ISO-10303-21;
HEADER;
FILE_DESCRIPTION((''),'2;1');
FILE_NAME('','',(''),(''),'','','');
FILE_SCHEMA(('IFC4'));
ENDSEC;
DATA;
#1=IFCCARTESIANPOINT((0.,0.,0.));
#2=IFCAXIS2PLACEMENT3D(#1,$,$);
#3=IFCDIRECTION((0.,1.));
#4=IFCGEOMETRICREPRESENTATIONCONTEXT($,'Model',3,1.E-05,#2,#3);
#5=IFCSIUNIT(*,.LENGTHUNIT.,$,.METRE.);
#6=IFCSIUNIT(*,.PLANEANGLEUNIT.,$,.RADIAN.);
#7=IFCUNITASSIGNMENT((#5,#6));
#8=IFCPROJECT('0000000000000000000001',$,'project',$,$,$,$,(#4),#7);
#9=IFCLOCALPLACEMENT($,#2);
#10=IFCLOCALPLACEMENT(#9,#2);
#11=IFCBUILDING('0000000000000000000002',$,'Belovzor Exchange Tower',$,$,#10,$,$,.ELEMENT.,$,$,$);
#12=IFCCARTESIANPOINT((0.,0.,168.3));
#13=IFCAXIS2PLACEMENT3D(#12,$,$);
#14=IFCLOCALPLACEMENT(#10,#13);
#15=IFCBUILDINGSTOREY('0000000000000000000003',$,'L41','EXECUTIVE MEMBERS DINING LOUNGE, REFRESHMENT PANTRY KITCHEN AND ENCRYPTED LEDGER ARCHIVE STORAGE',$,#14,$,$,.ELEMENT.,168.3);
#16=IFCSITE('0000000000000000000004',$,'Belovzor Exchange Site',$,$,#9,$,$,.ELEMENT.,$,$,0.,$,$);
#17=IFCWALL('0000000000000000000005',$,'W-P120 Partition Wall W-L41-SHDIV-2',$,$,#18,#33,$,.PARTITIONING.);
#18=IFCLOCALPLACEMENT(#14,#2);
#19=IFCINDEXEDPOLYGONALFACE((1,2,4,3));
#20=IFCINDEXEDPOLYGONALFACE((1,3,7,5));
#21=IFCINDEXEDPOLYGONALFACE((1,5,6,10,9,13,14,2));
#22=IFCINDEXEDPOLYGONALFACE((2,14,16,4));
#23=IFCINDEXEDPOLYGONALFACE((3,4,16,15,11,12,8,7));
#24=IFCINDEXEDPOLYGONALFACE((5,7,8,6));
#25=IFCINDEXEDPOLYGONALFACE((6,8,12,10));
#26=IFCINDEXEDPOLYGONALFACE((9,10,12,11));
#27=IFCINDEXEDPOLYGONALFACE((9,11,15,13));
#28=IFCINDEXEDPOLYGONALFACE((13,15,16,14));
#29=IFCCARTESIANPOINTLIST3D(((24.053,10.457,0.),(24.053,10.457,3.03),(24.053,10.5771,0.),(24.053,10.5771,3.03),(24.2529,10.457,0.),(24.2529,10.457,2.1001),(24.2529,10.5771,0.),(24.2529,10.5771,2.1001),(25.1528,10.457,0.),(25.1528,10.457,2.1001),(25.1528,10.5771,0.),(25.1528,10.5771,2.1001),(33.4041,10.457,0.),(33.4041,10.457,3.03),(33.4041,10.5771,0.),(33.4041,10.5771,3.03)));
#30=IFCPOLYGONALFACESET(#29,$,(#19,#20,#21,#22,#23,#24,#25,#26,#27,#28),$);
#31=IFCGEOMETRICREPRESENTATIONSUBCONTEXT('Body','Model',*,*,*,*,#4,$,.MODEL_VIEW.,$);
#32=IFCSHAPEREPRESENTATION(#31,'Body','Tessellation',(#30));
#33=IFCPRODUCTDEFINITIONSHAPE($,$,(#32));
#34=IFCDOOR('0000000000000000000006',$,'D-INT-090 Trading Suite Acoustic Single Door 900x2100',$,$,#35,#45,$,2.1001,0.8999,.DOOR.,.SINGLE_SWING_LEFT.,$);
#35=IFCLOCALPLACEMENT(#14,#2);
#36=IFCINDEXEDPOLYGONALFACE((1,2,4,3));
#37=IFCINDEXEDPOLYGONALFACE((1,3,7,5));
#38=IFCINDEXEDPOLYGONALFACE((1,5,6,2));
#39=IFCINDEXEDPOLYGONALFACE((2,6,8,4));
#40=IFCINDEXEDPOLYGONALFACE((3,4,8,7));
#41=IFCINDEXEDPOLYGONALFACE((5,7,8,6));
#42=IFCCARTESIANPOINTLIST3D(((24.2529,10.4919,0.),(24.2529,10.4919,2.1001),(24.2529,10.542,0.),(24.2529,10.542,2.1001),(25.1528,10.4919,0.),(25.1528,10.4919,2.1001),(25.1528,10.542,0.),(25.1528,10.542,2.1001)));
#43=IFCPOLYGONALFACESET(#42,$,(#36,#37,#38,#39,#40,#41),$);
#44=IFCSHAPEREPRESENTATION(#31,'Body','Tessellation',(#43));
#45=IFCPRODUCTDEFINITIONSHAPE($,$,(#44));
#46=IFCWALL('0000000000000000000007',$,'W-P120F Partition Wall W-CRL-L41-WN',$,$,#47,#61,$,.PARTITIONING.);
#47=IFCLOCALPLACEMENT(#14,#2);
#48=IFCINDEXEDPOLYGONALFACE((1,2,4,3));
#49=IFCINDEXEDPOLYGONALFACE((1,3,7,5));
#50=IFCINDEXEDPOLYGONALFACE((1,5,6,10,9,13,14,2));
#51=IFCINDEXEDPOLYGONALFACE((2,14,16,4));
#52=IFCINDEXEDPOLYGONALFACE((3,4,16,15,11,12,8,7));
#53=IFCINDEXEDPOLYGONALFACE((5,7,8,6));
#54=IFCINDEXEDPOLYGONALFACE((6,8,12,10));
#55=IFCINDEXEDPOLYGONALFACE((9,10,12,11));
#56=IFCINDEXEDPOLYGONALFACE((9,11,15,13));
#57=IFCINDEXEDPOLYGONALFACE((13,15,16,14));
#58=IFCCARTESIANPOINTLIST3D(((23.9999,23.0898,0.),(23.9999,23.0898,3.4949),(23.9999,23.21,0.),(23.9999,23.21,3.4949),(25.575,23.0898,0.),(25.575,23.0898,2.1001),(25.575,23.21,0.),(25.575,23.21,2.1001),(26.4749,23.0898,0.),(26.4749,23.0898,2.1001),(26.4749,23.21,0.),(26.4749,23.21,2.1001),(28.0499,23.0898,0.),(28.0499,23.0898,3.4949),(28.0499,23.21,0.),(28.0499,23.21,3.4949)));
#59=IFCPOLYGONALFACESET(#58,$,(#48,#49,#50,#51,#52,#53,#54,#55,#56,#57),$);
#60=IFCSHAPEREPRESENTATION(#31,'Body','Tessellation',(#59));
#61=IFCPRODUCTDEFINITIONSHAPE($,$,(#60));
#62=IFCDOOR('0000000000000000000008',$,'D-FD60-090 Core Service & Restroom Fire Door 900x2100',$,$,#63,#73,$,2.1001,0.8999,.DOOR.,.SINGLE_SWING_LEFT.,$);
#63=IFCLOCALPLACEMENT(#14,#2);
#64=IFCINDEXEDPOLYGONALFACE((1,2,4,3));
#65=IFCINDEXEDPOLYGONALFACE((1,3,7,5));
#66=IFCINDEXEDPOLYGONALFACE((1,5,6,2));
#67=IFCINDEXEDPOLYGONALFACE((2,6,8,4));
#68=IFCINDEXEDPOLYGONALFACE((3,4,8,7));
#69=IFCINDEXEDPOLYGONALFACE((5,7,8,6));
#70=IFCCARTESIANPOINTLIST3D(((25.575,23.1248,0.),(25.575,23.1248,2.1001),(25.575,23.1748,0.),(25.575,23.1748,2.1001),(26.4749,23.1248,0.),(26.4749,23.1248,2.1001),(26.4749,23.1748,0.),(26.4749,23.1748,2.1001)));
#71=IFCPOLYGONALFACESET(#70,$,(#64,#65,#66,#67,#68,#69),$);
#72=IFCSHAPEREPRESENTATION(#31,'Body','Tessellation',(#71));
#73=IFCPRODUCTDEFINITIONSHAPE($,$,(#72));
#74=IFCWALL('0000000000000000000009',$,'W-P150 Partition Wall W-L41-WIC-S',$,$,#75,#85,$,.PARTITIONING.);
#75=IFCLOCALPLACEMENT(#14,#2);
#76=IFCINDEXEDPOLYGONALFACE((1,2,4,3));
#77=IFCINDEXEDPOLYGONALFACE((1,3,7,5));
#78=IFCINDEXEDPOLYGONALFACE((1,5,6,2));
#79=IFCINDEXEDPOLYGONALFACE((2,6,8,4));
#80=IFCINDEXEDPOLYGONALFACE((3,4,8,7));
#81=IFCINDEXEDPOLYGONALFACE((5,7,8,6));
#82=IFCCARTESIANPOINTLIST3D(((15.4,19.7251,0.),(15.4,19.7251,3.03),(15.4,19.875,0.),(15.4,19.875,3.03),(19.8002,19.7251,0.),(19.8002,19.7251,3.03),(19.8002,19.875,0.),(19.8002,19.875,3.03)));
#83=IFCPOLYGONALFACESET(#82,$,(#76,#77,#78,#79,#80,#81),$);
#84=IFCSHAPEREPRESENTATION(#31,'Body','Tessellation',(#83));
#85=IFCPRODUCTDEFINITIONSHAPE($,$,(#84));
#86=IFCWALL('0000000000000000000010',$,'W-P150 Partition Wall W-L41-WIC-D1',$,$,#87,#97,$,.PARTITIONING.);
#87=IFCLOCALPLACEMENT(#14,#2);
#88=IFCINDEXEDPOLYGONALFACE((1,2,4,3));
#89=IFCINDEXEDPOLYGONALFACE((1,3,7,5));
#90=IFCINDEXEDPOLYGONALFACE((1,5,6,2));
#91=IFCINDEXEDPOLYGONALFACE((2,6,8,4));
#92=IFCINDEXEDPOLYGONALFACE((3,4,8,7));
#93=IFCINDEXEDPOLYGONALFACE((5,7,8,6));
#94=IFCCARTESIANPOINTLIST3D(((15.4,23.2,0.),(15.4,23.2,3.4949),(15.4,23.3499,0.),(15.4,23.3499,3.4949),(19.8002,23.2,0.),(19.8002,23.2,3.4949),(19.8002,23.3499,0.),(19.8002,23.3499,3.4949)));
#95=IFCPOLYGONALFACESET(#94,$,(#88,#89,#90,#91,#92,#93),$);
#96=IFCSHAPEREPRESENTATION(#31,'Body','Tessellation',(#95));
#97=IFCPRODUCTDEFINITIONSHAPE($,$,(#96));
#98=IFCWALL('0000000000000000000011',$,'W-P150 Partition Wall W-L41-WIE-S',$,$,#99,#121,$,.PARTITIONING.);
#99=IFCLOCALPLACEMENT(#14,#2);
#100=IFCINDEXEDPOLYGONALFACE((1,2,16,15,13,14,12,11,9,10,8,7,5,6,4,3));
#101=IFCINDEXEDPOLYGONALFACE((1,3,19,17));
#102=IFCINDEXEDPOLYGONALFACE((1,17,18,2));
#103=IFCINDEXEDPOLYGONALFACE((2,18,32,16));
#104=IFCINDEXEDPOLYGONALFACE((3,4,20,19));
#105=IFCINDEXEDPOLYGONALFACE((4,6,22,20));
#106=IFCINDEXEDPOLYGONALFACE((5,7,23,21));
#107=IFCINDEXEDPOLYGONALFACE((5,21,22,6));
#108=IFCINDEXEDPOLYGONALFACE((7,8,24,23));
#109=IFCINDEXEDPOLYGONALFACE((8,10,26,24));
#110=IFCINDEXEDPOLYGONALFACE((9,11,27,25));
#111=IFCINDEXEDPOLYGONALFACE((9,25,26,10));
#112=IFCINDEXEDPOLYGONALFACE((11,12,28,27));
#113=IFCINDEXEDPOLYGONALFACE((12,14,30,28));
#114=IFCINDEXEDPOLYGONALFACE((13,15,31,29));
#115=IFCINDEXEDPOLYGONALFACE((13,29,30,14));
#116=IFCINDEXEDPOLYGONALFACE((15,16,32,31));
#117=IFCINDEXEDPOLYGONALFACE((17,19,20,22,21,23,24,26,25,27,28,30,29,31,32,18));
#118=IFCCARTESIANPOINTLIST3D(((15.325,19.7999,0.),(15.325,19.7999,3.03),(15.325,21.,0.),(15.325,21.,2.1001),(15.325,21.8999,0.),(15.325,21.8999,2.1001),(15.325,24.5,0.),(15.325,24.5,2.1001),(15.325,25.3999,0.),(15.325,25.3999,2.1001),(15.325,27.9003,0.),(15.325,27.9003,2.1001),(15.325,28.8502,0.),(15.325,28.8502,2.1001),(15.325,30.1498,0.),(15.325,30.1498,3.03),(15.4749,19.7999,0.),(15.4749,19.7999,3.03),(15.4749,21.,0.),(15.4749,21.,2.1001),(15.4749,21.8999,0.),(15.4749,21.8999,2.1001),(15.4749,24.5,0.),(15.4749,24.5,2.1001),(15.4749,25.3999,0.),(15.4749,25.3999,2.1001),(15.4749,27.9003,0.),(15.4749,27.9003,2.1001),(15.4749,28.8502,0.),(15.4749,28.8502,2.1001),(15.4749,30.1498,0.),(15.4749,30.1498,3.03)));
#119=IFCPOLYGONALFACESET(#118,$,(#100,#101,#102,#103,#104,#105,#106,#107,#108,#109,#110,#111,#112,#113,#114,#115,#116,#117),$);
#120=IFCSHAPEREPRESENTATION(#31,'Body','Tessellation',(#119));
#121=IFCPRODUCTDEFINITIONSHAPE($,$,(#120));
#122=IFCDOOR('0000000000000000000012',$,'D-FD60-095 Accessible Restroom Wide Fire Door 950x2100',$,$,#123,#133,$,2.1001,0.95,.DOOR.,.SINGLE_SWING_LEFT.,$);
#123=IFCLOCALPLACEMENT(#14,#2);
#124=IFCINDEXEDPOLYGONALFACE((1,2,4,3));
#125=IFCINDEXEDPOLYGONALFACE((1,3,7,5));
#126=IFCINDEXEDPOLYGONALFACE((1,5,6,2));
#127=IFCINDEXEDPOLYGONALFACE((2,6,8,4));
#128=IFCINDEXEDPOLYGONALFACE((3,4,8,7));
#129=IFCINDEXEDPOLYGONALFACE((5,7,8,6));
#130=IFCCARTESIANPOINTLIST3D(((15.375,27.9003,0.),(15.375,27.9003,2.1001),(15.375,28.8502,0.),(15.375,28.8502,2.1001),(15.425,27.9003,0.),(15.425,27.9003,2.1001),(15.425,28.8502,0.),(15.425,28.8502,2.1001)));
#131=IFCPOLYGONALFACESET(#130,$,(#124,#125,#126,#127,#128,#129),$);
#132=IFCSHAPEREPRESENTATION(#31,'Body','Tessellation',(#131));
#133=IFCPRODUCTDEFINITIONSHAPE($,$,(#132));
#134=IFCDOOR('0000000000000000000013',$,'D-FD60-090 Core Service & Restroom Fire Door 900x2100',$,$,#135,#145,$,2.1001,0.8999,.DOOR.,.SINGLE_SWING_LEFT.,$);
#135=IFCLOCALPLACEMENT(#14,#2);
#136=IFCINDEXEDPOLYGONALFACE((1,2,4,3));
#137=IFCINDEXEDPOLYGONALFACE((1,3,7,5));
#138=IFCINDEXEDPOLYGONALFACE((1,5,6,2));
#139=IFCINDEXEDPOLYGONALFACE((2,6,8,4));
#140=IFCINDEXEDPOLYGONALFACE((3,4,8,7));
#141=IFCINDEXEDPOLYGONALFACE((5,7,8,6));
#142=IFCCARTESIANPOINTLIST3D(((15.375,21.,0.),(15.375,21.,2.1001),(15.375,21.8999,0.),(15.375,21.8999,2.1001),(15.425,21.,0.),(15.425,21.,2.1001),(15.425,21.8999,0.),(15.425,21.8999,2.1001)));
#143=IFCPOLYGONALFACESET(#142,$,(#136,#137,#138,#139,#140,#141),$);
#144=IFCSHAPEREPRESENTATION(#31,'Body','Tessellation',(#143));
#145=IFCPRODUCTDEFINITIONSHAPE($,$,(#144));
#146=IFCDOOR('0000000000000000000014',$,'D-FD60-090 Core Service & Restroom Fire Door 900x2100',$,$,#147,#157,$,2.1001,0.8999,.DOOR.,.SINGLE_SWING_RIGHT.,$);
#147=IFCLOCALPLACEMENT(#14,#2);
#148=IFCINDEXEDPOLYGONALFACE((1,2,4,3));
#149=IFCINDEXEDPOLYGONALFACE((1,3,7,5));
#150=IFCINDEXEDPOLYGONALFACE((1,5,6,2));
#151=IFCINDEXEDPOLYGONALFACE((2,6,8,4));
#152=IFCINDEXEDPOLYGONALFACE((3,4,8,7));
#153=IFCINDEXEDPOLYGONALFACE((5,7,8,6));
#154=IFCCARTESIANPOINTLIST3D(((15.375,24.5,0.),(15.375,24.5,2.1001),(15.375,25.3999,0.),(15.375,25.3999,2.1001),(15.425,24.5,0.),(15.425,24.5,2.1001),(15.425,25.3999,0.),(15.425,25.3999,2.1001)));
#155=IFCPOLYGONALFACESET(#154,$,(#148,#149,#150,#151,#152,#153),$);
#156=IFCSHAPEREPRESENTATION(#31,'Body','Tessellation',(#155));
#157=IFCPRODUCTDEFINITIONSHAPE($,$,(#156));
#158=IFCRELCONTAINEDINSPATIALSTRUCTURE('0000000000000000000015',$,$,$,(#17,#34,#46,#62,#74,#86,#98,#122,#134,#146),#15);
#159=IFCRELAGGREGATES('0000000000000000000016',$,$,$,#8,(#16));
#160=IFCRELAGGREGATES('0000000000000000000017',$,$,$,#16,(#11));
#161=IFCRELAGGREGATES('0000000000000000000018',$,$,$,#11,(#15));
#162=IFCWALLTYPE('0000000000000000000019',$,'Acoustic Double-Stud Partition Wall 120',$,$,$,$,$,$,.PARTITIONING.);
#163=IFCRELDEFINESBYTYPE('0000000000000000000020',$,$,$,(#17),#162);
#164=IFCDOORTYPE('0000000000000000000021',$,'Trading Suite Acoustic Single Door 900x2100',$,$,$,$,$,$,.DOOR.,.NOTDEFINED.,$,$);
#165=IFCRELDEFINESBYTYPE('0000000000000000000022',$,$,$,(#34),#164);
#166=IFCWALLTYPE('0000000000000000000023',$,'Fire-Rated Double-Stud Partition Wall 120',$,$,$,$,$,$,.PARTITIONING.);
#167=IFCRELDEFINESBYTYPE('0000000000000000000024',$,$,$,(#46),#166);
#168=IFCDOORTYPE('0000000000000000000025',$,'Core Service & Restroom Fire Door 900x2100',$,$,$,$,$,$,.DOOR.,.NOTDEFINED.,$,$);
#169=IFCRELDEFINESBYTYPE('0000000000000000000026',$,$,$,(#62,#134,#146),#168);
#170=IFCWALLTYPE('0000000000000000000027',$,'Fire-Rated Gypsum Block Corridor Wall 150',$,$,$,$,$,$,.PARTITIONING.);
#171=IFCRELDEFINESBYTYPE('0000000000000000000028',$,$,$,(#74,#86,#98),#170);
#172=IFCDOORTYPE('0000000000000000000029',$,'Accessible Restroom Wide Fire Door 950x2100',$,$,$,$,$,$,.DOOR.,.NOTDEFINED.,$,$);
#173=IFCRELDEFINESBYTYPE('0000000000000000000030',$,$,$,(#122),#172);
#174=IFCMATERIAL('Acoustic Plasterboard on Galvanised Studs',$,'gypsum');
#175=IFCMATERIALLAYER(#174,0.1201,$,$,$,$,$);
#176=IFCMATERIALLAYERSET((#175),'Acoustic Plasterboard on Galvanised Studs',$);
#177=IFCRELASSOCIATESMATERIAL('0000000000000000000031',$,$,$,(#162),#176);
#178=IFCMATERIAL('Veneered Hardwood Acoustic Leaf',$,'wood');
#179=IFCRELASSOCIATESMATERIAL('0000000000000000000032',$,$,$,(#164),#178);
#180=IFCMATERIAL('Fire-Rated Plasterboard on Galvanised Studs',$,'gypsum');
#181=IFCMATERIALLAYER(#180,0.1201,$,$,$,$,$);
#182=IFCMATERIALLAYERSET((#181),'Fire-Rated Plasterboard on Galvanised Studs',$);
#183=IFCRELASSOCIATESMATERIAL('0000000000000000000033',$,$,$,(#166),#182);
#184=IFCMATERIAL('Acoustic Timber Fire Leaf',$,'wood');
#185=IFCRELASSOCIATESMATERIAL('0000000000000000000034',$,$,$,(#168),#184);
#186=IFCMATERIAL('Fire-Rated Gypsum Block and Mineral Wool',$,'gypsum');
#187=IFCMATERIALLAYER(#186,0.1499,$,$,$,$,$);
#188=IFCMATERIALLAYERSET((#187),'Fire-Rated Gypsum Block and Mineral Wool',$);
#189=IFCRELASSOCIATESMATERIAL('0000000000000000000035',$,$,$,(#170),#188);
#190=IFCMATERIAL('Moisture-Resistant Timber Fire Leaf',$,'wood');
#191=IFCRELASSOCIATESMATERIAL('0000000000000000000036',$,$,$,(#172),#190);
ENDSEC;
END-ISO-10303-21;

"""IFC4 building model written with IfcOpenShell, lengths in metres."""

from ifc_helpers import new_model, si_unit, direction, frame, frame_2d, origin, place, context, subcontext, project, spatial, rectangle, extrude, material, layer, layer_set, type_object, element, fill, save


model = new_model("IFC4")

# Units and contexts
model_context = context("Model", 3, precision=1e-05, world=origin(), true_north=direction((0.0, 1.0)))
body_context = subcontext(model_context, "Body", "Model", "MODEL_VIEW")
ifc_project = project(units=[si_unit("LENGTHUNIT", "METRE"), si_unit("PLANEANGLEUNIT", "RADIAN")], contexts=[model_context])

# Site, building, storey
site_placement = place(None, origin())
site = spatial("IfcSite", under=ifc_project, at=site_placement, Name="Belovzor Exchange Site", CompositionType="ELEMENT", RefElevation=0.0)
building_placement = place(site_placement, origin())
building = spatial("IfcBuilding", under=site, at=building_placement, Name="Belovzor Exchange Tower", CompositionType="ELEMENT")
storey_placement = place(building_placement, frame((0.0, 0.0, 168.3)))
storey = spatial("IfcBuildingStorey", under=building, at=storey_placement, Name="L41", Description="EXECUTIVE MEMBERS DINING LOUNGE, REFRESHMENT PANTRY KITCHEN AND ENCRYPTED LEDGER ARCHIVE STORAGE", CompositionType="ELEMENT", Elevation=168.3)

# Walls, openings, doors
ifc_material_1 = material(Name="Acoustic Plasterboard on Galvanised Studs", Category="gypsum")
ifc_layer_1 = layer(ifc_material_1, 0.1201)
ifc_layer_set_1 = layer_set([ifc_layer_1], Name="Acoustic Plasterboard on Galvanised Studs")
wall_type_1 = type_object("IfcWallType", Name="Acoustic Double-Stud Partition Wall 120", PredefinedType="PARTITIONING", material=ifc_layer_set_1)
ifc_material_2 = material(Name="Veneered Hardwood Acoustic Leaf", Category="wood")
door_type_1 = type_object("IfcDoorType", Name="Trading Suite Acoustic Single Door 900x2100", OperationType="NOTDEFINED", PredefinedType="DOOR", material=ifc_material_2)
wall_1_placement = place(storey_placement, frame((24.053, 10.5171, 0.0), z_axis=(0.0, 0.0, 1.0), x_axis=(1.0, 0.0, 0.0)))
wall_1 = element("IfcWall", 1, at=wall_1_placement, inside=storey, type_object=wall_type_1, Name="W-P120 Partition Wall W-L41-SHDIV-2", PredefinedType="PARTITIONING", context=body_context, shape_type="SweptSolid", body=[
    extrude(rectangle(XDim=9.3511, YDim=0.1201, at=frame_2d((4.6755, 0.0))), origin(), (0.0, 0.0, 1.0), 3.03),
])
opening_1_placement = place(wall_1_placement, frame((0.2, 0.0, 0.0)))
opening_1 = element("IfcOpeningElement", 2, at=opening_1_placement, cuts=wall_1, PredefinedType="OPENING", context=body_context, shape_type="SweptSolid", body=[
    extrude(rectangle(XDim=0.8999, YDim=2.1001, at=frame_2d((0.45, 1.05))), frame((0.0, 0.0701, 0.0), z_axis=(0.0, -1.0, 0.0), x_axis=(1.0, 0.0, 0.0)), (0.0, 0.0, 1.0), 0.1401),
])
door_1_placement = place(opening_1_placement, origin())
door_1 = element("IfcDoor", 3, at=door_1_placement, inside=storey, type_object=door_type_1, Name="D-INT-090 Trading Suite Acoustic Single Door 900x2100", OperationType="SINGLE_SWING_LEFT", OverallHeight=2.1001, OverallWidth=0.8999, PredefinedType="DOOR", context=body_context, shape_type="SweptSolid", body=[
    extrude(rectangle(XDim=0.8999, YDim=2.1001, at=frame_2d((0.45, 1.05))), frame((0.0, 0.0249, 0.0), z_axis=(0.0, -1.0, 0.0), x_axis=(1.0, 0.0, 0.0)), (0.0, 0.0, 1.0), 0.05),
])
fill(opening_1, door_1)
ifc_material_3 = material(Name="Fire-Rated Plasterboard on Galvanised Studs", Category="gypsum")
ifc_layer_2 = layer(ifc_material_3, 0.1201)
ifc_layer_set_2 = layer_set([ifc_layer_2], Name="Fire-Rated Plasterboard on Galvanised Studs")
wall_type_2 = type_object("IfcWallType", Name="Fire-Rated Double-Stud Partition Wall 120", PredefinedType="PARTITIONING", material=ifc_layer_set_2)
wall_2_placement = place(storey_placement, frame((24.0, 23.1499, 0.0), z_axis=(0.0, 0.0, 1.0), x_axis=(1.0, 0.0, 0.0)))
wall_2 = element("IfcWall", 4, at=wall_2_placement, inside=storey, type_object=wall_type_2, Name="W-P120F Partition Wall W-CRL-L41-WN", PredefinedType="PARTITIONING", context=body_context, shape_type="SweptSolid", body=[
    extrude(rectangle(XDim=4.05, YDim=0.1201, at=frame_2d((2.0249, 0.0))), origin(), (0.0, 0.0, 1.0), 3.4949),
])
opening_2_placement = place(wall_2_placement, frame((1.575, 0.0, 0.0)))
opening_2 = element("IfcOpeningElement", 5, at=opening_2_placement, cuts=wall_2, PredefinedType="OPENING", context=body_context, shape_type="SweptSolid", body=[
    extrude(rectangle(XDim=0.8999, YDim=2.1001, at=frame_2d((0.45, 1.05))), frame((0.0, 0.0701, 0.0), z_axis=(0.0, -1.0, 0.0), x_axis=(1.0, 0.0, 0.0)), (0.0, 0.0, 1.0), 0.1401),
])
ifc_material_4 = material(Name="Acoustic Timber Fire Leaf", Category="wood")
door_type_2 = type_object("IfcDoorType", Name="Core Service & Restroom Fire Door 900x2100", OperationType="NOTDEFINED", PredefinedType="DOOR", material=ifc_material_4)
door_2_placement = place(opening_2_placement, origin())
door_2 = element("IfcDoor", 6, at=door_2_placement, inside=storey, type_object=door_type_2, Name="D-FD60-090 Core Service & Restroom Fire Door 900x2100", OperationType="SINGLE_SWING_LEFT", OverallHeight=2.1001, OverallWidth=0.8999, PredefinedType="DOOR", context=body_context, shape_type="SweptSolid", body=[
    extrude(rectangle(XDim=0.8999, YDim=2.1001, at=frame_2d((0.45, 1.05))), frame((0.0, 0.0249, 0.0), z_axis=(0.0, -1.0, 0.0), x_axis=(1.0, 0.0, 0.0)), (0.0, 0.0, 1.0), 0.05),
])
fill(opening_2, door_2)

# Walls
ifc_material_5 = material(Name="Fire-Rated Gypsum Block and Mineral Wool", Category="gypsum")
ifc_layer_3 = layer(ifc_material_5, 0.1499)
ifc_layer_set_3 = layer_set([ifc_layer_3], Name="Fire-Rated Gypsum Block and Mineral Wool")
wall_type_3 = type_object("IfcWallType", Name="Fire-Rated Gypsum Block Corridor Wall 150", PredefinedType="PARTITIONING", material=ifc_layer_set_3)
wall_3_placement = place(storey_placement, frame((15.3999, 19.8, 0.0), z_axis=(0.0, 0.0, 1.0), x_axis=(1.0, 0.0, 0.0)))
element("IfcWall", 7, at=wall_3_placement, inside=storey, type_object=wall_type_3, Name="W-P150 Partition Wall W-L41-WIC-S", PredefinedType="PARTITIONING", context=body_context, shape_type="SweptSolid", body=[
    extrude(rectangle(XDim=4.4001, YDim=0.1499, at=frame_2d((2.2002, 0.0))), origin(), (0.0, 0.0, 1.0), 3.03),
])
wall_4_placement = place(storey_placement, frame((15.3999, 23.2749, 0.0), z_axis=(0.0, 0.0, 1.0), x_axis=(1.0, 0.0, 0.0)))
element("IfcWall", 8, at=wall_4_placement, inside=storey, type_object=wall_type_3, Name="W-P150 Partition Wall W-L41-WIC-D1", PredefinedType="PARTITIONING", context=body_context, shape_type="SweptSolid", body=[
    extrude(rectangle(XDim=4.4001, YDim=0.1499, at=frame_2d((2.2002, 0.0))), origin(), (0.0, 0.0, 1.0), 3.4949),
])

# Wall, openings, doors
wall_5_placement = place(storey_placement, frame((15.3999, 19.8, 0.0), z_axis=(0.0, 0.0, 1.0), x_axis=(0.0, 1.0, 0.0)))
wall_5 = element("IfcWall", 9, at=wall_5_placement, inside=storey, type_object=wall_type_3, Name="W-P150 Partition Wall W-L41-WIE-S", PredefinedType="PARTITIONING", context=body_context, shape_type="SweptSolid", body=[
    extrude(rectangle(XDim=10.3499, YDim=0.1499, at=frame_2d((5.1748, 0.0))), origin(), (0.0, 0.0, 1.0), 3.03),
])
opening_3_placement = place(wall_5_placement, frame((1.2, 0.0, 0.0)))
opening_3 = element("IfcOpeningElement", 10, at=opening_3_placement, cuts=wall_5, PredefinedType="OPENING", context=body_context, shape_type="SweptSolid", body=[
    extrude(rectangle(XDim=0.8999, YDim=2.1001, at=frame_2d((0.45, 1.05))), frame((0.0, 0.085, 0.0), z_axis=(0.0, -1.0, 0.0), x_axis=(1.0, 0.0, 0.0)), (0.0, 0.0, 1.0), 0.1699),
])
opening_4_placement = place(wall_5_placement, frame((4.7, 0.0, 0.0)))
opening_4 = element("IfcOpeningElement", 11, at=opening_4_placement, cuts=wall_5, PredefinedType="OPENING", context=body_context, shape_type="SweptSolid", body=[
    extrude(rectangle(XDim=0.8999, YDim=2.1001, at=frame_2d((0.45, 1.05))), frame((0.0, 0.085, 0.0), z_axis=(0.0, -1.0, 0.0), x_axis=(1.0, 0.0, 0.0)), (0.0, 0.0, 1.0), 0.1699),
])
opening_5_placement = place(wall_5_placement, frame((8.1001, 0.0, 0.0)))
opening_5 = element("IfcOpeningElement", 12, at=opening_5_placement, cuts=wall_5, PredefinedType="OPENING", context=body_context, shape_type="SweptSolid", body=[
    extrude(rectangle(XDim=0.95, YDim=2.1001, at=frame_2d((0.4751, 1.05))), frame((0.0, 0.085, 0.0), z_axis=(0.0, -1.0, 0.0), x_axis=(1.0, 0.0, 0.0)), (0.0, 0.0, 1.0), 0.1699),
])
ifc_material_6 = material(Name="Moisture-Resistant Timber Fire Leaf", Category="wood")
door_type_3 = type_object("IfcDoorType", Name="Accessible Restroom Wide Fire Door 950x2100", OperationType="NOTDEFINED", PredefinedType="DOOR", material=ifc_material_6)
door_3_placement = place(opening_5_placement, origin())
door_3 = element("IfcDoor", 13, at=door_3_placement, inside=storey, type_object=door_type_3, Name="D-FD60-095 Accessible Restroom Wide Fire Door 950x2100", OperationType="SINGLE_SWING_LEFT", OverallHeight=2.1001, OverallWidth=0.95, PredefinedType="DOOR", context=body_context, shape_type="SweptSolid", body=[
    extrude(rectangle(XDim=0.95, YDim=2.1001, at=frame_2d((0.4751, 1.05))), frame((0.0, 0.0249, 0.0), z_axis=(0.0, -1.0, 0.0), x_axis=(1.0, 0.0, 0.0)), (0.0, 0.0, 1.0), 0.05),
])
fill(opening_5, door_3)
door_4_placement = place(opening_3_placement, origin())
door_4 = element("IfcDoor", 14, at=door_4_placement, inside=storey, type_object=door_type_2, Name="D-FD60-090 Core Service & Restroom Fire Door 900x2100", OperationType="SINGLE_SWING_LEFT", OverallHeight=2.1001, OverallWidth=0.8999, PredefinedType="DOOR", context=body_context, shape_type="SweptSolid", body=[
    extrude(rectangle(XDim=0.8999, YDim=2.1001, at=frame_2d((0.45, 1.05))), frame((0.0, 0.0249, 0.0), z_axis=(0.0, -1.0, 0.0), x_axis=(1.0, 0.0, 0.0)), (0.0, 0.0, 1.0), 0.05),
])
fill(opening_3, door_4)
door_5_placement = place(opening_4_placement, origin())
door_5 = element("IfcDoor", 15, at=door_5_placement, inside=storey, type_object=door_type_2, Name="D-FD60-090 Core Service & Restroom Fire Door 900x2100", OperationType="SINGLE_SWING_RIGHT", OverallHeight=2.1001, OverallWidth=0.8999, PredefinedType="DOOR", context=body_context, shape_type="SweptSolid", body=[
    extrude(rectangle(XDim=0.8999, YDim=2.1001, at=frame_2d((0.45, 1.05))), frame((0.0, 0.0249, 0.0), z_axis=(0.0, -1.0, 0.0), x_axis=(1.0, 0.0, 0.0)), (0.0, 0.0, 1.0), 0.05),
])
fill(opening_4, door_5)

save(model, "model.ifc")
